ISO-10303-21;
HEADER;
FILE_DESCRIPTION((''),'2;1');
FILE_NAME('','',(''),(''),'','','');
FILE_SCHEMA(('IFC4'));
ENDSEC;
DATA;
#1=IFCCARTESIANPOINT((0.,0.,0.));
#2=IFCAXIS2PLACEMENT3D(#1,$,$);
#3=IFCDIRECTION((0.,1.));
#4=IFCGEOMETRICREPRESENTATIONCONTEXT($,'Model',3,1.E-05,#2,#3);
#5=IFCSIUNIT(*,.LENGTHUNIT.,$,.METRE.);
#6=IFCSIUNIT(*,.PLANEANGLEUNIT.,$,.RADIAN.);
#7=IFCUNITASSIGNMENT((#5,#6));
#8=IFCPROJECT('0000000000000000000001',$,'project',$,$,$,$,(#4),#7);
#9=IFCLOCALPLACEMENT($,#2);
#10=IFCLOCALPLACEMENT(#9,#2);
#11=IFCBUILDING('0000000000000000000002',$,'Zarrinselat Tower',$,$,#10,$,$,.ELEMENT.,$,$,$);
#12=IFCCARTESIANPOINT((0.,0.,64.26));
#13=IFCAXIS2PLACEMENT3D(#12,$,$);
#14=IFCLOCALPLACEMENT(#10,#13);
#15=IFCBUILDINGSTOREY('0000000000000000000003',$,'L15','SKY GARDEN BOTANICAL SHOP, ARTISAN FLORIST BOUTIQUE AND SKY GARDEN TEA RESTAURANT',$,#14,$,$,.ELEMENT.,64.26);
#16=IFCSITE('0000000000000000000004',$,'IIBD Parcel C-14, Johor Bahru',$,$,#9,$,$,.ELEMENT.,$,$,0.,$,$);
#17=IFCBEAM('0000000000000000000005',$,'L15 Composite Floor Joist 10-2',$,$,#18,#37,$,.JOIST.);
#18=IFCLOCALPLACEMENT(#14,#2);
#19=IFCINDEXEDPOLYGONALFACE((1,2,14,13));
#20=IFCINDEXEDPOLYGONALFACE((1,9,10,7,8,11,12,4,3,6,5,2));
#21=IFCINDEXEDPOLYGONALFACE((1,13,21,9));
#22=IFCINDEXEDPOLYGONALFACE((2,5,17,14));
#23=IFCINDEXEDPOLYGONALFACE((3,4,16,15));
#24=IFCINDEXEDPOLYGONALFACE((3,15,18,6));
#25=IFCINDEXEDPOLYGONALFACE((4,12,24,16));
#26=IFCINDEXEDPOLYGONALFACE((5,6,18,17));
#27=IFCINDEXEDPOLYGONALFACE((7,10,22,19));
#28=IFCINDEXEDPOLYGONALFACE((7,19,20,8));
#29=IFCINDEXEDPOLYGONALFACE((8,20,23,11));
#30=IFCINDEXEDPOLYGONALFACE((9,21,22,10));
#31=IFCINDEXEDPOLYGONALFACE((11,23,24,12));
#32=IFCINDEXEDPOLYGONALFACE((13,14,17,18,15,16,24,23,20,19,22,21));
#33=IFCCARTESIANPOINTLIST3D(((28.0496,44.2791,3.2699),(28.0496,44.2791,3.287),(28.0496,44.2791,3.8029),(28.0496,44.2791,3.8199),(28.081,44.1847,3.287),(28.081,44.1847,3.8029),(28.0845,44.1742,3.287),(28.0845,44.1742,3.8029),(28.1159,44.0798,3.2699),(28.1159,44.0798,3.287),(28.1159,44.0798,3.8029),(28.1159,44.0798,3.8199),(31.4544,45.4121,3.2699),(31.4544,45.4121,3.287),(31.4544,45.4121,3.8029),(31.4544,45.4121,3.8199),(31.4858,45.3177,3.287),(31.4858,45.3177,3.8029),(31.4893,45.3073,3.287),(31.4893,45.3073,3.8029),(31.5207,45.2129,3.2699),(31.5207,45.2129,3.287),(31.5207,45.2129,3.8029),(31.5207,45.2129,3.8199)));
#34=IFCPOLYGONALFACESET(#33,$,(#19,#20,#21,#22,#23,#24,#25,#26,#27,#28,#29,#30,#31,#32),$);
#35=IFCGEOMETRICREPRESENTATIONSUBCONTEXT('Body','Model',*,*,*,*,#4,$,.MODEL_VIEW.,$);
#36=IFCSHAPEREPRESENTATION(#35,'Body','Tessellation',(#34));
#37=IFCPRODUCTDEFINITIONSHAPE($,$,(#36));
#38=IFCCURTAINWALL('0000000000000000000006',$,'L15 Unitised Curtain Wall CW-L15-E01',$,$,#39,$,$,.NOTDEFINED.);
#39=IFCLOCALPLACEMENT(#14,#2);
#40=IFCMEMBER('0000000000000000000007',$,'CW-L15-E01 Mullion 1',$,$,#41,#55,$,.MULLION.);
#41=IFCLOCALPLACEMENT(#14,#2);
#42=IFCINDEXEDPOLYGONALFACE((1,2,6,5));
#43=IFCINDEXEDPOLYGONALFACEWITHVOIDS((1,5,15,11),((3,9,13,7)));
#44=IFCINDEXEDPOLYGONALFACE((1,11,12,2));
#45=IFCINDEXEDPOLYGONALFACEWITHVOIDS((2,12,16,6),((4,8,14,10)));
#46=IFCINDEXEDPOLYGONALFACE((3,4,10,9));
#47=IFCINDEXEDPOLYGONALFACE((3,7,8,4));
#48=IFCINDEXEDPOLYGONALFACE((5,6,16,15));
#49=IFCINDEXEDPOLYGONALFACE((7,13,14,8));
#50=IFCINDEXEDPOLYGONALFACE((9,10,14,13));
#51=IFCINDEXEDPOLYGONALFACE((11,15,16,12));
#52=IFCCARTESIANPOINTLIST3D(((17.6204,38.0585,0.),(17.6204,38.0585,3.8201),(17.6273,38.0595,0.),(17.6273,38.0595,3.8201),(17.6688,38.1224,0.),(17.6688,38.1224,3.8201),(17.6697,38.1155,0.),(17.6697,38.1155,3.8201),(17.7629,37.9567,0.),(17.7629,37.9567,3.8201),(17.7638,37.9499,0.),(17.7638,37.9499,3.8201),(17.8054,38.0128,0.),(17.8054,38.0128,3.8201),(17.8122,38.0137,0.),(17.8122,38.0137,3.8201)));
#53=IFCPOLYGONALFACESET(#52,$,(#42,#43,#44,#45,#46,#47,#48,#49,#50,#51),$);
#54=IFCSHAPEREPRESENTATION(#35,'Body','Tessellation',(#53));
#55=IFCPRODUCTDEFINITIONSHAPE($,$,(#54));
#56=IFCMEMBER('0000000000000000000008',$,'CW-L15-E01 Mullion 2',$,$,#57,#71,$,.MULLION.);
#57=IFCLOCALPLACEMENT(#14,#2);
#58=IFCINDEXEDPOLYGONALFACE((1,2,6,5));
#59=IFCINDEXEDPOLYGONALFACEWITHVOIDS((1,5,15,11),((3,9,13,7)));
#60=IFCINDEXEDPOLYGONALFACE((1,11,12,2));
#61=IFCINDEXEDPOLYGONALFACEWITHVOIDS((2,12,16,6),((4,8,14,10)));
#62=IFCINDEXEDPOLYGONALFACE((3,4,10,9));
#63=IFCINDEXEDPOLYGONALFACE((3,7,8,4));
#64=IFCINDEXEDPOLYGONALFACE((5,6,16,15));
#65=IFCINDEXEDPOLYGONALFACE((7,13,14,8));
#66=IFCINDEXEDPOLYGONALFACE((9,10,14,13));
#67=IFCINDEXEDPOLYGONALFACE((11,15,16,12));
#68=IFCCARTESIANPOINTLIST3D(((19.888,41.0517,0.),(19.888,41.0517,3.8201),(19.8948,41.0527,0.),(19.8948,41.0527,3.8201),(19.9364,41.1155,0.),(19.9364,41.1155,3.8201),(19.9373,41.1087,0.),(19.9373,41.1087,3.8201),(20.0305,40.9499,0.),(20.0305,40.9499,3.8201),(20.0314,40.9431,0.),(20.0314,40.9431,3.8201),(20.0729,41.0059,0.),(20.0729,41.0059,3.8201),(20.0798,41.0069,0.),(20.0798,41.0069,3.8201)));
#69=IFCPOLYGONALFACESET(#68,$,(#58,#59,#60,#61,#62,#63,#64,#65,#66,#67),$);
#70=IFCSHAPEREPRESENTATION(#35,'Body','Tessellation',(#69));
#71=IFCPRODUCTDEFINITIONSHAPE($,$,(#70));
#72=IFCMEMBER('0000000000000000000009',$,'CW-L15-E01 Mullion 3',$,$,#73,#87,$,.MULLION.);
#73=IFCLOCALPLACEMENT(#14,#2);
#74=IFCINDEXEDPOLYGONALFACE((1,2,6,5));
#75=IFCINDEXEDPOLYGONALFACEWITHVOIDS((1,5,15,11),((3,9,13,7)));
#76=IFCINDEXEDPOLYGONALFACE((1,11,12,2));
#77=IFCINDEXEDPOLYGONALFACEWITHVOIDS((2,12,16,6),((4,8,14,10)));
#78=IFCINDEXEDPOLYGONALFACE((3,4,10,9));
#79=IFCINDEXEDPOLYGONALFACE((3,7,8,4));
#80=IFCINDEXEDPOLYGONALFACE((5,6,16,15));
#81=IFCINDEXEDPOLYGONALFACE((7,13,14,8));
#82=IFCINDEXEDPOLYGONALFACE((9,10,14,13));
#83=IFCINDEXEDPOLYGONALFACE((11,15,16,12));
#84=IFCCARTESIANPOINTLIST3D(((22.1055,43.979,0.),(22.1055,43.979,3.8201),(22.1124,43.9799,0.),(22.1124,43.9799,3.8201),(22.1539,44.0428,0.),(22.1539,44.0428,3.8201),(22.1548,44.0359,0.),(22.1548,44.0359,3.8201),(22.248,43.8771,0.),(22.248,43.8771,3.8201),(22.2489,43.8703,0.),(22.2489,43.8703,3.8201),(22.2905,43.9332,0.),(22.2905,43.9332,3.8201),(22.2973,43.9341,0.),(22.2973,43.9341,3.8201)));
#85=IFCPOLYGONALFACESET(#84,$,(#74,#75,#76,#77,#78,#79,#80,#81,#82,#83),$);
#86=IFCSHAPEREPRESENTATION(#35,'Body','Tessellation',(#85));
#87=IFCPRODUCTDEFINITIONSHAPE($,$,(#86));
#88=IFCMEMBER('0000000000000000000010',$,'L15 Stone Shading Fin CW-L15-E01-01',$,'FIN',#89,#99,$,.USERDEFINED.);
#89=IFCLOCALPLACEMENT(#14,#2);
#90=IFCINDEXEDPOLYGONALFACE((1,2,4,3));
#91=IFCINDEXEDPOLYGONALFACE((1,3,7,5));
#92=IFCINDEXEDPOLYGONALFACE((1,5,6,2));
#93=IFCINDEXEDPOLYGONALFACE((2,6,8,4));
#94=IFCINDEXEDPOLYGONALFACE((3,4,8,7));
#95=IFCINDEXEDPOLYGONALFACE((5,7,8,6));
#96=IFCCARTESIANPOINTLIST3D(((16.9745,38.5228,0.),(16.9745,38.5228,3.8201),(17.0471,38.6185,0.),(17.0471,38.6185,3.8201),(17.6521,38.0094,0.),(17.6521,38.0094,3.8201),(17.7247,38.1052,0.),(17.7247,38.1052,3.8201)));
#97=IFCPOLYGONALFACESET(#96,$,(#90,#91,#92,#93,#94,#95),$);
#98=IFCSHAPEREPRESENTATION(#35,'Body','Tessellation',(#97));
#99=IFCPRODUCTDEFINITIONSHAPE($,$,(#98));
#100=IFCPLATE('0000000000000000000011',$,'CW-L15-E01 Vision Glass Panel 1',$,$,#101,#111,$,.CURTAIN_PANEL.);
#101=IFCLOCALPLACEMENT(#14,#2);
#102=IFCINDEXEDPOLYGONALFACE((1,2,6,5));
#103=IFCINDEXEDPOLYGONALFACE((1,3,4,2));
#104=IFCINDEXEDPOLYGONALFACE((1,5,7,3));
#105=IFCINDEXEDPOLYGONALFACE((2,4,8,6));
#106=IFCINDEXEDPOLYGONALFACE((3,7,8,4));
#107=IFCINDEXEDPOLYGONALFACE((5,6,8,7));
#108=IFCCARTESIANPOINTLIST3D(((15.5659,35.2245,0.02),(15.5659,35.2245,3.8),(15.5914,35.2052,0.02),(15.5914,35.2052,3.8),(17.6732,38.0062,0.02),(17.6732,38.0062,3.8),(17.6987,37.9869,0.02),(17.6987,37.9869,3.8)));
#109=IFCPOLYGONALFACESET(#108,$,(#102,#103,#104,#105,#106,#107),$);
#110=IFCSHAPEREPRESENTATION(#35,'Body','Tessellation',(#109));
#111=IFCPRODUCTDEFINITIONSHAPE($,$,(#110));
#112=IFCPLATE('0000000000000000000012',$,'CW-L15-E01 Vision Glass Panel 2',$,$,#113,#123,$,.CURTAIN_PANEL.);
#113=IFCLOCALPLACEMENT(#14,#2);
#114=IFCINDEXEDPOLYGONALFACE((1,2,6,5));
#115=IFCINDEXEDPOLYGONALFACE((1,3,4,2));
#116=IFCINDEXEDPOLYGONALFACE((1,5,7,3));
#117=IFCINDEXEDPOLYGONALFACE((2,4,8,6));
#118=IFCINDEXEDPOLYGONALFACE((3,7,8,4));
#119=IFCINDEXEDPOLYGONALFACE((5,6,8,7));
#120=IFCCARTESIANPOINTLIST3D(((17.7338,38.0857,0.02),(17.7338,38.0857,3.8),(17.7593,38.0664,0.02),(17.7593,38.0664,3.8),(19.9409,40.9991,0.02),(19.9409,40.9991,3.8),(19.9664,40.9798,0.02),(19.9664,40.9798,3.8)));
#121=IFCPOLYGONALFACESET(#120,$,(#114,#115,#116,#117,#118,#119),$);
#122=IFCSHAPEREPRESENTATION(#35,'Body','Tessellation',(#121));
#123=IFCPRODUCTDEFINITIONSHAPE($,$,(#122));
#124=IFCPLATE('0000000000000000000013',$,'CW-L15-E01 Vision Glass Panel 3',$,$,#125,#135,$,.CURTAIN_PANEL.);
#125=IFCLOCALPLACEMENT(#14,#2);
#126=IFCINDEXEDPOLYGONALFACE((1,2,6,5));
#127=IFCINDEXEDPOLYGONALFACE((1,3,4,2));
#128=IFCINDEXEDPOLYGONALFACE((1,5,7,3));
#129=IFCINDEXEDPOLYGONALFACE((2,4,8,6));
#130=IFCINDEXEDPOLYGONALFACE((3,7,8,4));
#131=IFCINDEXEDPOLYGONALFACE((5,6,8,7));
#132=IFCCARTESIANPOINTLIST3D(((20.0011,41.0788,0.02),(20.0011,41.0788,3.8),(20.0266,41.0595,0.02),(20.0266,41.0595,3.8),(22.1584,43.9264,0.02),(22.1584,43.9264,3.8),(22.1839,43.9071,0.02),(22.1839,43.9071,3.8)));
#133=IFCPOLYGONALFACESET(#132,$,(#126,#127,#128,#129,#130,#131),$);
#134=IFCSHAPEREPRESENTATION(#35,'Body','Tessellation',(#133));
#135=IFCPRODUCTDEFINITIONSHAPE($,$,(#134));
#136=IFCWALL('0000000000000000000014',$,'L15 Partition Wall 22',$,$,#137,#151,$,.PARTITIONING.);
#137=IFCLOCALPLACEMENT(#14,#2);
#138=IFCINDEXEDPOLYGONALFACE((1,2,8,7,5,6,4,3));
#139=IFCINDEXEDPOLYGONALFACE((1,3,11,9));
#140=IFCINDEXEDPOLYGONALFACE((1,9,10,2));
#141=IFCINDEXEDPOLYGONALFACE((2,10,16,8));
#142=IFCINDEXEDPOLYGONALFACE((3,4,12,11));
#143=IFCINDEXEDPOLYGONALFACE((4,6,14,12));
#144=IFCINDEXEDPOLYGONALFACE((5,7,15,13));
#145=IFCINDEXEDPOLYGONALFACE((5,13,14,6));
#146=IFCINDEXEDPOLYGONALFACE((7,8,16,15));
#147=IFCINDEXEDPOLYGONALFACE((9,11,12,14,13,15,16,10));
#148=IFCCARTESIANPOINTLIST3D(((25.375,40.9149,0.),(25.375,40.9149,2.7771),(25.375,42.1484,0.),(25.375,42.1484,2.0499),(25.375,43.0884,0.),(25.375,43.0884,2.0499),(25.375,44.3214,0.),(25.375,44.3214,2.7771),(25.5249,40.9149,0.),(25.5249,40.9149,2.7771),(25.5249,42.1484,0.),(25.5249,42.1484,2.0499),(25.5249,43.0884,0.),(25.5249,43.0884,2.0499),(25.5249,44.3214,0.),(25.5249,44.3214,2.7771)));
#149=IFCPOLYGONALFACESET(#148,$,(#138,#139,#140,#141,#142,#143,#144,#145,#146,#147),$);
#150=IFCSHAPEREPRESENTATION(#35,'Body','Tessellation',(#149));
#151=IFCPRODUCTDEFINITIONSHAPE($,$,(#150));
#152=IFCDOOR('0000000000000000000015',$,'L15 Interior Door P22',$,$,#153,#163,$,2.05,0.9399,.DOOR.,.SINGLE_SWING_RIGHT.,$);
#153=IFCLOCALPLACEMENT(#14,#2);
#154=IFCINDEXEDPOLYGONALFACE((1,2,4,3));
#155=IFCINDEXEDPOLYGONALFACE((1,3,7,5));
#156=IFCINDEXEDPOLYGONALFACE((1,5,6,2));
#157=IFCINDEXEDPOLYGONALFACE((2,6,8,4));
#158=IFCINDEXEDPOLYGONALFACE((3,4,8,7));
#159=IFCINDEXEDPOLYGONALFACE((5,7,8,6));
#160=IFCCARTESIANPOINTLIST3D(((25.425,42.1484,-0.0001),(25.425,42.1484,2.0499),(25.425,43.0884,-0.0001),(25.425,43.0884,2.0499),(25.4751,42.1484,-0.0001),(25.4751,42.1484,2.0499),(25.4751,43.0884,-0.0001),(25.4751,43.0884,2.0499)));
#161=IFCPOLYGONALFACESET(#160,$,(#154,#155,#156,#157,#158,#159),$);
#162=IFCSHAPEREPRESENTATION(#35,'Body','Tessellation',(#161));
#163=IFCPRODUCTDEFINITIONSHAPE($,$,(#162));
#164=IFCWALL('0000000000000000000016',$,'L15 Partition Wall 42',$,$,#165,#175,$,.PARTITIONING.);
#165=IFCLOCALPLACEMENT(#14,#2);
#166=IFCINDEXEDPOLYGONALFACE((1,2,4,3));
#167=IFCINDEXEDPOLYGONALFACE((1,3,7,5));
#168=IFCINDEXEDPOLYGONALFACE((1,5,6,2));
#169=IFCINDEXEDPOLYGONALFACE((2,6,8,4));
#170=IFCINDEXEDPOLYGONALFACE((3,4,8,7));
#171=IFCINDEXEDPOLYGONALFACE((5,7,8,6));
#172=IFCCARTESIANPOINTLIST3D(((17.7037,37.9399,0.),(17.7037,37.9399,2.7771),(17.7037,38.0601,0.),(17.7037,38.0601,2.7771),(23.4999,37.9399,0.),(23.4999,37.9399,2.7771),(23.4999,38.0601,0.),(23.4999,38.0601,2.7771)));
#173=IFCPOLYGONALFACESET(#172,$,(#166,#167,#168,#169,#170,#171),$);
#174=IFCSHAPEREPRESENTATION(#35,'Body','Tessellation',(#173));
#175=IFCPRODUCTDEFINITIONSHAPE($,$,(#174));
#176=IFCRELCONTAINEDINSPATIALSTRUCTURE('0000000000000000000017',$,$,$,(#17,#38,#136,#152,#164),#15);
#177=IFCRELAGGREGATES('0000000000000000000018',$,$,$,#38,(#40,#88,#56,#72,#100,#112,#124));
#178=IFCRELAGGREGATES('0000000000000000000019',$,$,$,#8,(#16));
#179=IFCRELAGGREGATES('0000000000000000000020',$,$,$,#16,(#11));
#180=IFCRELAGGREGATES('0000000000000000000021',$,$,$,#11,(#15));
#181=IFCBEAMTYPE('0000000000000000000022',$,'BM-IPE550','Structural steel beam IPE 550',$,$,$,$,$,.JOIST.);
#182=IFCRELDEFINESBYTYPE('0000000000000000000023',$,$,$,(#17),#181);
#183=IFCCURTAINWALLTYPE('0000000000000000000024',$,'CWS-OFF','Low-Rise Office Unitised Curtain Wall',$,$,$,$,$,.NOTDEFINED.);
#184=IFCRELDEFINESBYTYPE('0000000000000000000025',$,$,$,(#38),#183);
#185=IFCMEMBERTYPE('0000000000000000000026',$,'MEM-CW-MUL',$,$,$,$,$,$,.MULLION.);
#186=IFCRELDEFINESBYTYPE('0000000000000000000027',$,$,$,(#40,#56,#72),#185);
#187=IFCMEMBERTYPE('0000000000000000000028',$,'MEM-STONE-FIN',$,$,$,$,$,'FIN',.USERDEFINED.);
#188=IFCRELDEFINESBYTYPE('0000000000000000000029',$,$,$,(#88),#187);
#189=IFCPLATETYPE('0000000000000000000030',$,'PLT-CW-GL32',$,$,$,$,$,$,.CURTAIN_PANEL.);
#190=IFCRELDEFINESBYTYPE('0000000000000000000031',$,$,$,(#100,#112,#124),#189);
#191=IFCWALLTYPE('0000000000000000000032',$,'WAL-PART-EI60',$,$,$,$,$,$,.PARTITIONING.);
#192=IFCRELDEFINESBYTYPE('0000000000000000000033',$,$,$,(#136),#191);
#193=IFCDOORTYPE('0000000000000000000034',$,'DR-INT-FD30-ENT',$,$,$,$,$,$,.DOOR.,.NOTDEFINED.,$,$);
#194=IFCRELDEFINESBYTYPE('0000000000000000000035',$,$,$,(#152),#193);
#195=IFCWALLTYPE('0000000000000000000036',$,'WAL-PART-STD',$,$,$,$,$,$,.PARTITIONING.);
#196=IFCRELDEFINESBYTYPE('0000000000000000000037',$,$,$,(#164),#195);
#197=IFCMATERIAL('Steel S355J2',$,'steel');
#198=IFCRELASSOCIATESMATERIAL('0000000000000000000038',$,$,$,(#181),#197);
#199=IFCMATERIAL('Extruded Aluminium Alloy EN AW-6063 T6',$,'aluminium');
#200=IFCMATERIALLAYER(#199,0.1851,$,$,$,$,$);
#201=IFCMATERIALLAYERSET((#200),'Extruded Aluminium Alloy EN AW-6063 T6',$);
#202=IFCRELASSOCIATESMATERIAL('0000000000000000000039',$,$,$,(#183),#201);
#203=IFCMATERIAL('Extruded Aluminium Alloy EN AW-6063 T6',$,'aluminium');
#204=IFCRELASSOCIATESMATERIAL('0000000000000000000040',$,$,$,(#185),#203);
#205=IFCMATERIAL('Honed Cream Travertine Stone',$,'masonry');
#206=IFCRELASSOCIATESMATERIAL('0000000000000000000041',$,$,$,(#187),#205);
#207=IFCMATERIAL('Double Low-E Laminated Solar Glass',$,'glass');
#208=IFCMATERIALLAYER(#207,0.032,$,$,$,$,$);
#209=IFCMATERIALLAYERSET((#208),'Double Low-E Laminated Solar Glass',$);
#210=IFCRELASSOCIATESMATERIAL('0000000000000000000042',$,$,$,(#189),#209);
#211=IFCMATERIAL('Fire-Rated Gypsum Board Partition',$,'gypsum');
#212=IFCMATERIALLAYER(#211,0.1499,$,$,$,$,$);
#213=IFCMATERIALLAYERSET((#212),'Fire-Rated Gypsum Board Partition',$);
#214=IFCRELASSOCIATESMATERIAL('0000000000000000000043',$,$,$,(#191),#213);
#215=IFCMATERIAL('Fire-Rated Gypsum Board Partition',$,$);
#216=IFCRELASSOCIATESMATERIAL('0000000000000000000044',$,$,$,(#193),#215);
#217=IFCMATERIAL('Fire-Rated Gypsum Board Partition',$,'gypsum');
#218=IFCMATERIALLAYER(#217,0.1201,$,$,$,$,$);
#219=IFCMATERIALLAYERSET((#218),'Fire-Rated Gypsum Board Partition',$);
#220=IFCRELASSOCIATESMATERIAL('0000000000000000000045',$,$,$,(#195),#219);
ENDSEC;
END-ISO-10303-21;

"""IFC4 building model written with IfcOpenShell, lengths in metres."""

from ifc_helpers import new_model, si_unit, direction, frame, frame_2d, origin, origin_2d, place, context, subcontext, project, spatial, rectangle, hollow_rectangle, i_section, extrude, material, layer, layer_set, material_profile, profile_set, type_object, element, fill, aggregate, save


model = new_model("IFC4")

# Units and contexts
model_context = context("Model", 3, precision=1e-05, world=origin(), true_north=direction((0.0, 1.0)))
body_context = subcontext(model_context, "Body", "Model", "MODEL_VIEW")
ifc_project = project(units=[si_unit("LENGTHUNIT", "METRE"), si_unit("PLANEANGLEUNIT", "RADIAN")], contexts=[model_context])

# Site, building, storey
site_placement = place(None, origin())
site = spatial("IfcSite", under=ifc_project, at=site_placement, Name="IIBD Parcel C-14, Johor Bahru", CompositionType="ELEMENT", RefElevation=0.0)
building_placement = place(site_placement, origin())
building = spatial("IfcBuilding", under=site, at=building_placement, Name="Zarrinselat Tower", CompositionType="ELEMENT")
storey_placement = place(building_placement, frame((0.0, 0.0, 64.26)))
storey = spatial("IfcBuildingStorey", under=building, at=storey_placement, Name="L15", Description="SKY GARDEN BOTANICAL SHOP, ARTISAN FLORIST BOUTIQUE AND SKY GARDEN TEA RESTAURANT", CompositionType="ELEMENT", Elevation=64.26)

# Beam
ifc_material_1 = material(Name="Steel S355J2", Category="steel")
ifc_material_profile_1 = material_profile(ifc_material_1, i_section(OverallWidth=0.21, OverallDepth=0.55, WebThickness=0.011, FlangeThickness=0.0171, at=origin_2d()), Name="IPE 550")
ifc_profile_set_1 = profile_set([ifc_material_profile_1], Name="Steel S355J2")
beam_type = type_object("IfcBeamType", Name="BM-IPE550", Description="Structural steel beam IPE 550", PredefinedType="JOIST", material=ifc_profile_set_1)
beam_placement = place(storey_placement, frame((28.0828, 44.1794, 3.5449), z_axis=(0.94884, 0.315758, 0.0), x_axis=(-0.315758, 0.94884, 0.0)))
element("IfcBeam", 1, at=beam_placement, inside=storey, type_object=beam_type, Name="L15 Composite Floor Joist 10-2", PredefinedType="JOIST", context=body_context, shape_type="SweptSolid", body=[
    extrude(i_section(OverallWidth=0.21, OverallDepth=0.55, WebThickness=0.011, FlangeThickness=0.0171, at=origin_2d()), origin(), (0.0, 0.0, 1.0), 3.5884),
])

# Curtain wall, members, plates
ifc_material_2 = material(Name="Extruded Aluminium Alloy EN AW-6063 T6", Category="aluminium")
ifc_layer_1 = layer(ifc_material_2, 0.1851)
ifc_layer_set_1 = layer_set([ifc_layer_1], Name="Extruded Aluminium Alloy EN AW-6063 T6")
curtain_wall_type = type_object("IfcCurtainWallType", Name="CWS-OFF", Description="Low-Rise Office Unitised Curtain Wall", PredefinedType="NOTDEFINED", material=ifc_layer_set_1)
curtain_wall_placement = place(storey_placement, origin())
curtain_wall = element("IfcCurtainWall", 2, at=curtain_wall_placement, inside=storey, type_object=curtain_wall_type, Name="L15 Unitised Curtain Wall CW-L15-E01", PredefinedType="NOTDEFINED")
ifc_material_3 = material(Name="Extruded Aluminium Alloy EN AW-6063 T6", Category="aluminium")
ifc_material_profile_2 = material_profile(ifc_material_3, hollow_rectangle(XDim=0.0801, YDim=0.1799, WallThickness=0.0049, at=origin_2d()), Name="RHS 180x80x5")
ifc_profile_set_2 = profile_set([ifc_material_profile_2], Name="Extruded Aluminium Alloy EN AW-6063 T6")
member_type_1 = type_object("IfcMemberType", Name="MEM-CW-MUL", PredefinedType="MULLION", material=ifc_profile_set_2)
member_1_placement = place(storey_placement, frame((17.7163, 38.0361, 0.0), z_axis=(0.0, 0.0, 1.0), x_axis=(0.603857, 0.797093, 0.0)))
member_1 = element("IfcMember", 3, at=member_1_placement, type_object=member_type_1, Name="CW-L15-E01 Mullion 1", PredefinedType="MULLION", context=body_context, shape_type="SweptSolid", body=[
    extrude(hollow_rectangle(XDim=0.0801, YDim=0.1799, WallThickness=0.0049, at=origin_2d()), origin(), (0.0, 0.0, 1.0), 3.8201),
])
member_2_placement = place(storey_placement, frame((19.9839, 41.0293, 0.0), z_axis=(0.0, 0.0, 1.0), x_axis=(0.603857, 0.797093, 0.0)))
member_2 = element("IfcMember", 4, at=member_2_placement, type_object=member_type_1, Name="CW-L15-E01 Mullion 2", PredefinedType="MULLION", context=body_context, shape_type="SweptSolid", body=[
    extrude(hollow_rectangle(XDim=0.0801, YDim=0.1799, WallThickness=0.0049, at=origin_2d()), origin(), (0.0, 0.0, 1.0), 3.8201),
])
member_3_placement = place(storey_placement, frame((22.2014, 43.9565, 0.0), z_axis=(0.0, 0.0, 1.0), x_axis=(0.603857, 0.797093, 0.0)))
member_3 = element("IfcMember", 5, at=member_3_placement, type_object=member_type_1, Name="CW-L15-E01 Mullion 3", PredefinedType="MULLION", context=body_context, shape_type="SweptSolid", body=[
    extrude(hollow_rectangle(XDim=0.0801, YDim=0.1799, WallThickness=0.0049, at=origin_2d()), origin(), (0.0, 0.0, 1.0), 3.8201),
])
ifc_material_4 = material(Name="Honed Cream Travertine Stone", Category="masonry")
ifc_material_profile_3 = material_profile(ifc_material_4, rectangle(XDim=0.1201, YDim=0.8501, at=origin_2d()), Name="FIN 850x120")
ifc_profile_set_3 = profile_set([ifc_material_profile_3], Name="Honed Cream Travertine Stone")
member_type_2 = type_object("IfcMemberType", Name="MEM-STONE-FIN", ElementType="FIN", PredefinedType="USERDEFINED", material=ifc_profile_set_3)
member_4_placement = place(storey_placement, frame((17.3496, 38.314, 0.0), z_axis=(0.0, 0.0, 1.0), x_axis=(0.603857, 0.797093, 0.0)))
member_4 = element("IfcMember", 6, at=member_4_placement, type_object=member_type_2, Name="L15 Stone Shading Fin CW-L15-E01-01", ObjectType="FIN", PredefinedType="USERDEFINED", context=body_context, shape_type="SweptSolid", body=[
    extrude(rectangle(XDim=0.1201, YDim=0.8501, at=origin_2d()), origin(), (0.0, 0.0, 1.0), 3.8201),
])
ifc_material_5 = material(Name="Double Low-E Laminated Solar Glass", Category="glass")
ifc_layer_2 = layer(ifc_material_5, 0.032)
ifc_layer_set_2 = layer_set([ifc_layer_2], Name="Double Low-E Laminated Solar Glass")
plate_type = type_object("IfcPlateType", Name="PLT-CW-GL32", PredefinedType="CURTAIN_PANEL", material=ifc_layer_set_2)
plate_1_placement = place(storey_placement, frame((16.6323, 36.6057, 0.02), z_axis=(0.0, 0.0, 1.0), x_axis=(0.603857, 0.797093, 0.0)))
plate_1 = element("IfcPlate", 7, at=plate_1_placement, type_object=plate_type, Name="CW-L15-E01 Vision Glass Panel 1", PredefinedType="CURTAIN_PANEL", context=body_context, shape_type="SweptSolid", body=[
    extrude(rectangle(XDim=3.4897, YDim=0.032, at=origin_2d()), origin(), (0.0, 0.0, 1.0), 3.78),
])
plate_2_placement = place(storey_placement, frame((18.8501, 39.5327, 0.02), z_axis=(0.0, 0.0, 1.0), x_axis=(0.603857, 0.797093, 0.0)))
plate_2 = element("IfcPlate", 8, at=plate_2_placement, type_object=plate_type, Name="CW-L15-E01 Vision Glass Panel 2", PredefinedType="CURTAIN_PANEL", context=body_context, shape_type="SweptSolid", body=[
    extrude(rectangle(XDim=3.655, YDim=0.032, at=origin_2d()), origin(), (0.0, 0.0, 1.0), 3.78),
])
plate_3_placement = place(storey_placement, frame((21.0925, 42.4929, 0.02), z_axis=(0.0, 0.0, 1.0), x_axis=(0.603857, 0.797093, 0.0)))
plate_3 = element("IfcPlate", 9, at=plate_3_placement, type_object=plate_type, Name="CW-L15-E01 Vision Glass Panel 3", PredefinedType="CURTAIN_PANEL", context=body_context, shape_type="SweptSolid", body=[
    extrude(rectangle(XDim=3.5725, YDim=0.032, at=origin_2d()), origin(), (0.0, 0.0, 1.0), 3.78),
])
aggregate(curtain_wall, [member_1, member_4, member_2, member_3, plate_1, plate_2, plate_3])

# Wall, opening, door
ifc_material_6 = material(Name="Fire-Rated Gypsum Board Partition", Category="gypsum")
ifc_layer_3 = layer(ifc_material_6, 0.1499)
ifc_layer_set_3 = layer_set([ifc_layer_3], Name="Fire-Rated Gypsum Board Partition")
wall_type_1 = type_object("IfcWallType", Name="WAL-PART-EI60", PredefinedType="PARTITIONING", material=ifc_layer_set_3)
wall_1_placement = place(storey_placement, frame((25.45, 40.915, 0.0), z_axis=(0.0, 0.0, 1.0), x_axis=(0.0, 1.0, 0.0)))
wall_1 = element("IfcWall", 10, at=wall_1_placement, inside=storey, type_object=wall_type_1, Name="L15 Partition Wall 22", PredefinedType="PARTITIONING", context=body_context, shape_type="SweptSolid", body=[
    extrude(rectangle(XDim=3.4065, YDim=0.1499, at=frame_2d((1.7031, 0.0))), origin(), (0.0, 0.0, 1.0), 2.7771),
])
opening_placement = place(wall_1_placement, frame((1.2334, 0.0, 0.0)))
opening = element("IfcOpeningElement", 11, at=opening_placement, cuts=wall_1, PredefinedType="OPENING", context=body_context, shape_type="SweptSolid", body=[
    extrude(rectangle(XDim=0.9399, YDim=2.05, at=frame_2d((0.47, 1.0249))), frame((0.0, 0.085, 0.0), z_axis=(0.0, -1.0, 0.0), x_axis=(1.0, 0.0, 0.0)), (0.0, 0.0, 1.0), 0.1699),
])
ifc_material_7 = material(Name="Fire-Rated Gypsum Board Partition")
door_type = type_object("IfcDoorType", Name="DR-INT-FD30-ENT", OperationType="NOTDEFINED", PredefinedType="DOOR", material=ifc_material_7)
door_placement = place(opening_placement, origin())
door = element("IfcDoor", 12, at=door_placement, inside=storey, type_object=door_type, Name="L15 Interior Door P22", OperationType="SINGLE_SWING_RIGHT", OverallHeight=2.05, OverallWidth=0.9399, PredefinedType="DOOR", context=body_context, shape_type="SweptSolid", body=[
    extrude(rectangle(XDim=0.9399, YDim=2.05, at=frame_2d((0.47, 1.0249))), frame((0.0, 0.0249, 0.0), z_axis=(0.0, -1.0, 0.0), x_axis=(1.0, 0.0, 0.0)), (0.0, 0.0, 1.0), 0.05),
])
fill(opening, door)

# Wall
ifc_material_8 = material(Name="Fire-Rated Gypsum Board Partition", Category="gypsum")
ifc_layer_4 = layer(ifc_material_8, 0.1201)
ifc_layer_set_4 = layer_set([ifc_layer_4], Name="Fire-Rated Gypsum Board Partition")
wall_type_2 = type_object("IfcWallType", Name="WAL-PART-STD", PredefinedType="PARTITIONING", material=ifc_layer_set_4)
wall_2_placement = place(storey_placement, frame((17.7039, 38.0, 0.0), z_axis=(0.0, 0.0, 1.0), x_axis=(1.0, 0.0, 0.0)))
element("IfcWall", 13, at=wall_2_placement, inside=storey, type_object=wall_type_2, Name="L15 Partition Wall 42", PredefinedType="PARTITIONING", context=body_context, shape_type="SweptSolid", body=[
    extrude(rectangle(XDim=5.7961, YDim=0.1201, at=frame_2d((2.8979, 0.0))), origin(), (0.0, 0.0, 1.0), 2.7771),
])

save(model, "model.ifc")
